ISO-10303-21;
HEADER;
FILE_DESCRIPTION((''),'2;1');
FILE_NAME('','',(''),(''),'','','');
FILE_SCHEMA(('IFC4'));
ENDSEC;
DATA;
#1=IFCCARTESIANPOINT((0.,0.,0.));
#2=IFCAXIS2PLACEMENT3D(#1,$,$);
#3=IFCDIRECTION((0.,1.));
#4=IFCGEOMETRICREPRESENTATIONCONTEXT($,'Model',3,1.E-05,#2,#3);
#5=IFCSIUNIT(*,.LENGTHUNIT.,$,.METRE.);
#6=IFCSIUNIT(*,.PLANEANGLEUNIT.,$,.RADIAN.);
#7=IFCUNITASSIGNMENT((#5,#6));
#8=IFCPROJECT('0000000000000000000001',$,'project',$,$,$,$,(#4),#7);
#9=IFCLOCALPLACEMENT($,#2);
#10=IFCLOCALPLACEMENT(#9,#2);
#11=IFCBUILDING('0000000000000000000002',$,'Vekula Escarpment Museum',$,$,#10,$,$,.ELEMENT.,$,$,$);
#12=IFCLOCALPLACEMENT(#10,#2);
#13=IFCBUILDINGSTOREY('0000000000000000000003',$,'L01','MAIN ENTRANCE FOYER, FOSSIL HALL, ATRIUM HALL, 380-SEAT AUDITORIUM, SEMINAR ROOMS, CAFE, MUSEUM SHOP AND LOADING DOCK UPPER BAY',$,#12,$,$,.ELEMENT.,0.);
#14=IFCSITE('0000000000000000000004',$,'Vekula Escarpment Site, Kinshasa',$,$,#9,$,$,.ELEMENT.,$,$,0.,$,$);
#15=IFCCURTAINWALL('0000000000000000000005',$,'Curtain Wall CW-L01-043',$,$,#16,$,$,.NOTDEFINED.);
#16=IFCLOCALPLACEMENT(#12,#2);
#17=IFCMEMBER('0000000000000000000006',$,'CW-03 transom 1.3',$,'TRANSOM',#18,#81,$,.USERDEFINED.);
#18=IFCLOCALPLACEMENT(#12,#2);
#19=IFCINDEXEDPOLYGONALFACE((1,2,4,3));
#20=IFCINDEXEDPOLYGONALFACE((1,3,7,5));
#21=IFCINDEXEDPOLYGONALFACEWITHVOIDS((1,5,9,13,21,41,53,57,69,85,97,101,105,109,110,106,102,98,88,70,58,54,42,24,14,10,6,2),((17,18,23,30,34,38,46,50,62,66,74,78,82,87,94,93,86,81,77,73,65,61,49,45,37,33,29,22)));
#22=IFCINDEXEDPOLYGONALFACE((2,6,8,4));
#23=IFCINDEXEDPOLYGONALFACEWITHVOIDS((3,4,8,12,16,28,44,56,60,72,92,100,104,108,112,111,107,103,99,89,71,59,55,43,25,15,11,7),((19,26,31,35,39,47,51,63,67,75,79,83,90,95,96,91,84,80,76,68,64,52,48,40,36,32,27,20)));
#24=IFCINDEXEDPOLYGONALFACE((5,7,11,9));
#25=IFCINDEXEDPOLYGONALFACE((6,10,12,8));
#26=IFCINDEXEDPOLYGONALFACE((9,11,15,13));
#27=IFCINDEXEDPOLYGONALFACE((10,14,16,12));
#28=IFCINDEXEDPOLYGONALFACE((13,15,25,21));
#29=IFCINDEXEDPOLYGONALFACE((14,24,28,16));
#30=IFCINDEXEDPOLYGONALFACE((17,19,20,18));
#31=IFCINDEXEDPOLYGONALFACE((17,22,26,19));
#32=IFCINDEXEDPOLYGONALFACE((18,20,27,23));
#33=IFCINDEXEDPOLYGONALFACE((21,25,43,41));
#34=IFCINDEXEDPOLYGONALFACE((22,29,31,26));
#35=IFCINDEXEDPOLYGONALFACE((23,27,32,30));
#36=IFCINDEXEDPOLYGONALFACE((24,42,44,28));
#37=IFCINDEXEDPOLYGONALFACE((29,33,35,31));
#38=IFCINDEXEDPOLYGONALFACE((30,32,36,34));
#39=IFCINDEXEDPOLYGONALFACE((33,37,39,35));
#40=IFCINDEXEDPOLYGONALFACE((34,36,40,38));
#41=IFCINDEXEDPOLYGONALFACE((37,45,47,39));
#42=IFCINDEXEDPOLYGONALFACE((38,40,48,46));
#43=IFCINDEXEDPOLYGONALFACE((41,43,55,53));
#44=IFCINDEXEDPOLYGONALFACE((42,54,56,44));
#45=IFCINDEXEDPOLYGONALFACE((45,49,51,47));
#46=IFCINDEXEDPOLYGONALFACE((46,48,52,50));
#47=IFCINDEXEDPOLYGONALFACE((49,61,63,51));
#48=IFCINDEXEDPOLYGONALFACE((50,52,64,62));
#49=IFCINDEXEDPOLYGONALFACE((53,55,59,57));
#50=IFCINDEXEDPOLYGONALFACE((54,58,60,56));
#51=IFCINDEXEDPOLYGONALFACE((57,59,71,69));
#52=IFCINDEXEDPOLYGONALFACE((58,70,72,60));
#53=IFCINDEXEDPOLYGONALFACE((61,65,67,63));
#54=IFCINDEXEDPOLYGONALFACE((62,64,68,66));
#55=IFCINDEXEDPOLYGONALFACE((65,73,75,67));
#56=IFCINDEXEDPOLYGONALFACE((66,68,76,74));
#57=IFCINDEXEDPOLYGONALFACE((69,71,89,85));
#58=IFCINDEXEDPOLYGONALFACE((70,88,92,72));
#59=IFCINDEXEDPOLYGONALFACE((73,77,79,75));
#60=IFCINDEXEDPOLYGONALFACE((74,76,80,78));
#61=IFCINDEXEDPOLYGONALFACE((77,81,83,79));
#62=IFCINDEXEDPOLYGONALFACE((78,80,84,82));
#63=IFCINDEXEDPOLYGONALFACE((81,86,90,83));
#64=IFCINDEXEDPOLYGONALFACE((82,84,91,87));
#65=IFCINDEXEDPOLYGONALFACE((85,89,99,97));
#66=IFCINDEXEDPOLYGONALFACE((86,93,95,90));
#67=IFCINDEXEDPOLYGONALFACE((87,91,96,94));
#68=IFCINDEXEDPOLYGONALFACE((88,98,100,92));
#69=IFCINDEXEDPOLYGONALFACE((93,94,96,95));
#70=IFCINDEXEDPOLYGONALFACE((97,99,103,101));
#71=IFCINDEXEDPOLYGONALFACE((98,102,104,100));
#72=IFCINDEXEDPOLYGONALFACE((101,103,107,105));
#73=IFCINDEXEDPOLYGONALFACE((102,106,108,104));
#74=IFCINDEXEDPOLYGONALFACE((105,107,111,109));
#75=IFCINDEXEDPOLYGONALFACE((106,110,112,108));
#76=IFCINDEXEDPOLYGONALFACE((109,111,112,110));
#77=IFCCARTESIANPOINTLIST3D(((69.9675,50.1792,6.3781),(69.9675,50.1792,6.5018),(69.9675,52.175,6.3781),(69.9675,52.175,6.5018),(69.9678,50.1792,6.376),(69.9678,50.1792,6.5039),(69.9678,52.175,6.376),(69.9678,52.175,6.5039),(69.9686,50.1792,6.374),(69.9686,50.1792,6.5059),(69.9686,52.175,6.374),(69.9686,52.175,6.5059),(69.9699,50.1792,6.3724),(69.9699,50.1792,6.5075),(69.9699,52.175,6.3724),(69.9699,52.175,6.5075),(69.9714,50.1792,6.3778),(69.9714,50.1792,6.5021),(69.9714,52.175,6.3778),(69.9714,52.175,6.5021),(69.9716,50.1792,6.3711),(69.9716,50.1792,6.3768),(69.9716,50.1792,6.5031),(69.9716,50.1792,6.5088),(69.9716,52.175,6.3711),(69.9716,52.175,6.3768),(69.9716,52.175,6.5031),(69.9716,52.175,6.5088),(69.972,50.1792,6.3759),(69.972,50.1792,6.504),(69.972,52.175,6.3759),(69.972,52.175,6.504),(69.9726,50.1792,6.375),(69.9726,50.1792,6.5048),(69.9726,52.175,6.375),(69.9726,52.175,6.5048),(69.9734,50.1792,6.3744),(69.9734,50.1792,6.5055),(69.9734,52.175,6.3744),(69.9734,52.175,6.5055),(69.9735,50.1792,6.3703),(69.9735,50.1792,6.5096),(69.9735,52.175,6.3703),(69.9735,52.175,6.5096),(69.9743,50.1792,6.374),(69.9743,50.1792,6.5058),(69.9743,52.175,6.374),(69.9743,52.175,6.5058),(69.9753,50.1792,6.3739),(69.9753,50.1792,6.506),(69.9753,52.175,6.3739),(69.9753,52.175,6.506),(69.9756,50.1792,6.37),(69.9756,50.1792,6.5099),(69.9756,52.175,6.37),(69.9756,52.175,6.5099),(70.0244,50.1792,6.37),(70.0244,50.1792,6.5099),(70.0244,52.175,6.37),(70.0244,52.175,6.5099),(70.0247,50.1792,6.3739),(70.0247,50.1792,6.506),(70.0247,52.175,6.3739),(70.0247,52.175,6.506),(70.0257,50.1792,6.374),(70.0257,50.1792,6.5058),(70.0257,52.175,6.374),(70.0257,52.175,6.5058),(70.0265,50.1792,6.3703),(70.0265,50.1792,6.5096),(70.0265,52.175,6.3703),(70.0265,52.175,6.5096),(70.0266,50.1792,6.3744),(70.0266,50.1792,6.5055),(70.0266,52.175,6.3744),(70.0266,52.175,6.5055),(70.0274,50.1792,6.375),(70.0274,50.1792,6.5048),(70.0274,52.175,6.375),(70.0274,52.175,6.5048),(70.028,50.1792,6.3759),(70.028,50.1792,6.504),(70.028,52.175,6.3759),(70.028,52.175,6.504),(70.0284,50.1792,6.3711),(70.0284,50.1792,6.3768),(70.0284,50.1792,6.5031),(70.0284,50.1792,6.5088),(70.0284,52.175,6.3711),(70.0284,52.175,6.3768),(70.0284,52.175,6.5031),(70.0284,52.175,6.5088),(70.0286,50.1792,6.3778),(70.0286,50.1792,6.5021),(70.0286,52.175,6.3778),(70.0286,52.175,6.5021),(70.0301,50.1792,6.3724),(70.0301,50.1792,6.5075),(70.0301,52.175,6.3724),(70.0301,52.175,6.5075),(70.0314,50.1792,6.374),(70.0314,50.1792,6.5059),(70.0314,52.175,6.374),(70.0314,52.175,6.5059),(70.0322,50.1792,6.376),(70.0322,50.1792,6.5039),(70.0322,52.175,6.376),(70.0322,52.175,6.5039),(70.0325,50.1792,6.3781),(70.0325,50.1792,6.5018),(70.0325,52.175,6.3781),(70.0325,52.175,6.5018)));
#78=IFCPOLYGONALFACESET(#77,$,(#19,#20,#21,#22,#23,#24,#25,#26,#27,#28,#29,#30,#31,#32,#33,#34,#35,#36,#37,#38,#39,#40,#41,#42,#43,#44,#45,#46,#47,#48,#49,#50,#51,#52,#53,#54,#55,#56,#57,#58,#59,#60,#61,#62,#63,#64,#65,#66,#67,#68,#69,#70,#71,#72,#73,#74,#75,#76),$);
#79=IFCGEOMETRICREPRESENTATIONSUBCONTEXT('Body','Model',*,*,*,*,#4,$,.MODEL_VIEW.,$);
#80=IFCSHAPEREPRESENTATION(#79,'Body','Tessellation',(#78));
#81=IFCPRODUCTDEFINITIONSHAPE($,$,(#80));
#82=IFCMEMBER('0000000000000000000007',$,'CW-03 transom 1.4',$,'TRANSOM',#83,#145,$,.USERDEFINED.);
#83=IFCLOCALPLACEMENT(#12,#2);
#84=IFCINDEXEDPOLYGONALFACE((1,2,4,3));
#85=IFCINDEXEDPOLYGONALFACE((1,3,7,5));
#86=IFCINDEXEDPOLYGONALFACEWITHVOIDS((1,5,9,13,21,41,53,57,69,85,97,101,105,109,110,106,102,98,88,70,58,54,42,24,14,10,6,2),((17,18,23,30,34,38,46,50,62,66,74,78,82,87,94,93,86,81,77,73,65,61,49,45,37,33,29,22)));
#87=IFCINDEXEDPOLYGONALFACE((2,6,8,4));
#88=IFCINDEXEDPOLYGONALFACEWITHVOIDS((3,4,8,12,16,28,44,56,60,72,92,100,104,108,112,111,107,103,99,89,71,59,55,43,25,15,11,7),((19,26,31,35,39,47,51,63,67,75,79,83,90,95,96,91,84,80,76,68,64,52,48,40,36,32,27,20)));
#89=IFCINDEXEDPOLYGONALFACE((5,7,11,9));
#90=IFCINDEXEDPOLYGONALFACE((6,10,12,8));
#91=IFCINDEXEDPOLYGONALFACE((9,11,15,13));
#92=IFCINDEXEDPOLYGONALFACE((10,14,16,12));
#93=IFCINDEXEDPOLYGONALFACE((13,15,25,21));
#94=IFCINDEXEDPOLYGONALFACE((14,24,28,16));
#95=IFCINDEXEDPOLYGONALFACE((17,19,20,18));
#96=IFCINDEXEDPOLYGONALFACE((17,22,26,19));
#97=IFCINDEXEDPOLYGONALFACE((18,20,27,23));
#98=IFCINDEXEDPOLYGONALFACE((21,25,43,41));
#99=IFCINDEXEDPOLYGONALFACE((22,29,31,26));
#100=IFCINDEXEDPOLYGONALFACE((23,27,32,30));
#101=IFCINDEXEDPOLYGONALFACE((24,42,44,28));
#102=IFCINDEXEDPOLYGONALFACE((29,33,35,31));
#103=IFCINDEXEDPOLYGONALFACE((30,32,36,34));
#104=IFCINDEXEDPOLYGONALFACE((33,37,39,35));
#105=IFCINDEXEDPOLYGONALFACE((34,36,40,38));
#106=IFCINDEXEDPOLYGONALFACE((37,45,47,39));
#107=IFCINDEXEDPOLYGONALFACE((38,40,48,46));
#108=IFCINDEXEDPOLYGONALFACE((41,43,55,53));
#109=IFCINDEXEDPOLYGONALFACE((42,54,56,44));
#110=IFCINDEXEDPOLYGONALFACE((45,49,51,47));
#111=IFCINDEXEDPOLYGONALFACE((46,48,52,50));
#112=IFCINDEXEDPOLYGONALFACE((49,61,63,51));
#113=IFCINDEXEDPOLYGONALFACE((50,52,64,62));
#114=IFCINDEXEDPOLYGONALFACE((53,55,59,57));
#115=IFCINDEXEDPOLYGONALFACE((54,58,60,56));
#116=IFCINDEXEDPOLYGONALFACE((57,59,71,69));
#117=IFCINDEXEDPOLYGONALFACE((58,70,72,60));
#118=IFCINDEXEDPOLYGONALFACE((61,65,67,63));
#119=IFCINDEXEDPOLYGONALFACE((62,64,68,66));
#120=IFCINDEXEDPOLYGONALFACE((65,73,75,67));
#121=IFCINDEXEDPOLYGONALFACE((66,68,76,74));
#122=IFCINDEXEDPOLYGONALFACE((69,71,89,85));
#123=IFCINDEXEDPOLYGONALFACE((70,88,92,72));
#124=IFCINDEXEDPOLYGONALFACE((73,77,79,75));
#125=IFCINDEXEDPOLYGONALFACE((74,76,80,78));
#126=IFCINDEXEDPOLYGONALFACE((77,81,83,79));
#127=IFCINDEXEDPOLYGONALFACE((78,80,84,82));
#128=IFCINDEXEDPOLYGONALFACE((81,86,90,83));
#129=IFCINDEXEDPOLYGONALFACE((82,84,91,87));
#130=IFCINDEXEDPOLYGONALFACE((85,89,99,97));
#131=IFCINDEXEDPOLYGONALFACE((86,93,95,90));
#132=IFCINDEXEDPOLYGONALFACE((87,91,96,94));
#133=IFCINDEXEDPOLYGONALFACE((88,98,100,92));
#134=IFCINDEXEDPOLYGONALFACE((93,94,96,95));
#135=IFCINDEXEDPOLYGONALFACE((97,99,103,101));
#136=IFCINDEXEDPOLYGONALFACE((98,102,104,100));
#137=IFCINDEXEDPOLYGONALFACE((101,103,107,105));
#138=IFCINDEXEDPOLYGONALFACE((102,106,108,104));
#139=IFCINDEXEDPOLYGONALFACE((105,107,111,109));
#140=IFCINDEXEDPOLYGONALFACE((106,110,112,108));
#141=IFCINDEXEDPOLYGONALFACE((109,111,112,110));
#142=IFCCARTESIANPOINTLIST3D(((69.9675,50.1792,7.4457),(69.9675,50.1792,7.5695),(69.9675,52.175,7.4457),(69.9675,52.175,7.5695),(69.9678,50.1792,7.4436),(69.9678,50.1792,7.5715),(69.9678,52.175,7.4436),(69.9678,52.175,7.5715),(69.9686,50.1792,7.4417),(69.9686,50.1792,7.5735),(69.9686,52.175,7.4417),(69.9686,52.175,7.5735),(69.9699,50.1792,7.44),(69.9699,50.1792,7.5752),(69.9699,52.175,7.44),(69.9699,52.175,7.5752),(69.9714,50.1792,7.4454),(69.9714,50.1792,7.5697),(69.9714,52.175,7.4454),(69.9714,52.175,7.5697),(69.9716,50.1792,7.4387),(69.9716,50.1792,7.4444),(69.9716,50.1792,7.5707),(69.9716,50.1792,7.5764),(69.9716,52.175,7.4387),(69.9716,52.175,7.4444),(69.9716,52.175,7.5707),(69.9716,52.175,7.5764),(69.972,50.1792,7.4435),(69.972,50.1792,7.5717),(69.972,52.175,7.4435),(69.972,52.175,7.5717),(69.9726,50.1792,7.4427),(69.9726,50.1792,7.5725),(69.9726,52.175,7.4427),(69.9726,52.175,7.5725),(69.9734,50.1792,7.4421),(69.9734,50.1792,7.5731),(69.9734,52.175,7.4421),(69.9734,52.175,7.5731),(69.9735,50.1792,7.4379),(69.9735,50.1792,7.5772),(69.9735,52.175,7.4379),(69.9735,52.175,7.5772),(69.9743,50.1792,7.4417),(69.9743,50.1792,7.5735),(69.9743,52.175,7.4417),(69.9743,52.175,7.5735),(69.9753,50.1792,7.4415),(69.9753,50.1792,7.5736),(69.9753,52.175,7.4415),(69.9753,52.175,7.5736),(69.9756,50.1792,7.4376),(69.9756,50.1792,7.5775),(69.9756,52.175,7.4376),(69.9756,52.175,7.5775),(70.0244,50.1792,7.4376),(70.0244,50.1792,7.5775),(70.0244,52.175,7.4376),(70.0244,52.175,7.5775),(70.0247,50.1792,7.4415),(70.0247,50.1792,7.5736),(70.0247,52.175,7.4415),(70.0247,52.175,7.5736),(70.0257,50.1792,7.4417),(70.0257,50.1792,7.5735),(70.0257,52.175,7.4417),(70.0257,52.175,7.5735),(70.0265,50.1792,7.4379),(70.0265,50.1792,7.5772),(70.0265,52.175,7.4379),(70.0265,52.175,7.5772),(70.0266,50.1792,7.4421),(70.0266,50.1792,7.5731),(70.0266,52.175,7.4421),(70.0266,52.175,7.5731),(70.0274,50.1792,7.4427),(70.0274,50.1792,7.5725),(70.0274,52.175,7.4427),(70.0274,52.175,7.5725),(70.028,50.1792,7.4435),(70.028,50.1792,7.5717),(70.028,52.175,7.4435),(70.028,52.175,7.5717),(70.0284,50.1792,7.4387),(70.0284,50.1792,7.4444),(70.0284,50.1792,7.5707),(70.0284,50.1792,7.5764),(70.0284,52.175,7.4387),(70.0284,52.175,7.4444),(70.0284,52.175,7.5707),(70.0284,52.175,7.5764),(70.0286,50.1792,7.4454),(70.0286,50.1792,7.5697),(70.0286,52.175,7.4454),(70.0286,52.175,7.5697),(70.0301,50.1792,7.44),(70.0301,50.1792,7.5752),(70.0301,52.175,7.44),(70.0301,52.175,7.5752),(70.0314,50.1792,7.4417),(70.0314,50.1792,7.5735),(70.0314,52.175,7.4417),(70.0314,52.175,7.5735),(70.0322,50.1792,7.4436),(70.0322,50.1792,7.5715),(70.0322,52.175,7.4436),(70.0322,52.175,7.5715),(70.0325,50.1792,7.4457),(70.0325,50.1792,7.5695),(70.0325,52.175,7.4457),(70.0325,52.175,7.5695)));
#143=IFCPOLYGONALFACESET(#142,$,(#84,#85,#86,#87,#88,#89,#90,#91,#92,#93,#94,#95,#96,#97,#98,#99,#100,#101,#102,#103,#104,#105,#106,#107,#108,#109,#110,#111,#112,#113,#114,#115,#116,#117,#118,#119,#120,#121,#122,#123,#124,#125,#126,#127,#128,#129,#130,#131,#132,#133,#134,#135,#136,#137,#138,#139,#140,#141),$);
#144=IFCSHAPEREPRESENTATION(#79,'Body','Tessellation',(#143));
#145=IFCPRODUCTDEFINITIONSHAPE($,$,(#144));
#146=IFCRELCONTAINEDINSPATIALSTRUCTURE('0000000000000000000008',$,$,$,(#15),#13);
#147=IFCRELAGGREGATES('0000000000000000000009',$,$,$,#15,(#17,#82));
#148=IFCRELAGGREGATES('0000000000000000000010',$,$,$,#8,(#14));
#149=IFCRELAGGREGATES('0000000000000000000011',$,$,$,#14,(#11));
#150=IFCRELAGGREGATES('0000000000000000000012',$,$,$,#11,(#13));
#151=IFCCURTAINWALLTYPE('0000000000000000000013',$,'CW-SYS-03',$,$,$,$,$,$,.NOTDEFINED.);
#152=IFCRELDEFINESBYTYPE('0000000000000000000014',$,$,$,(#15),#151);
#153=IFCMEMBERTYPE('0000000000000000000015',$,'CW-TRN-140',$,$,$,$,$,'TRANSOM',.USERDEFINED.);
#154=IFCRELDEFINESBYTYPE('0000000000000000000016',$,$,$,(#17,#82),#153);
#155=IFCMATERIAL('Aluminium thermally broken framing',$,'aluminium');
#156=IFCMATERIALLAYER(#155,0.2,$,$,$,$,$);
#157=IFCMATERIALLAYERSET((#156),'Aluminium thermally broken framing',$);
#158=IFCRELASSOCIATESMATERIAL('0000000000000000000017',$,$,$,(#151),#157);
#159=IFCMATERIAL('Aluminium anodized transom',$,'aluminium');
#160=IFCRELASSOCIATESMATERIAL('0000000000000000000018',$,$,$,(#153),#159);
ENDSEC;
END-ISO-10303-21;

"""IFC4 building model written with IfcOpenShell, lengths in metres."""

from ifc_helpers import new_model, si_unit, direction, frame, origin, origin_2d, place, context, subcontext, project, spatial, hollow_rectangle, extrude, material, layer, layer_set, material_profile, profile_set, type_object, element, aggregate, save


model = new_model("IFC4")

# Units and contexts
model_context = context("Model", 3, precision=1e-05, world=origin(), true_north=direction((0.0, 1.0)))
body_context = subcontext(model_context, "Body", "Model", "MODEL_VIEW")
ifc_project = project(units=[si_unit("LENGTHUNIT", "METRE"), si_unit("PLANEANGLEUNIT", "RADIAN")], contexts=[model_context])

# Site, building, storey
site_placement = place(None, origin())
site = spatial("IfcSite", under=ifc_project, at=site_placement, Name="Vekula Escarpment Site, Kinshasa", CompositionType="ELEMENT", RefElevation=0.0)
building_placement = place(site_placement, origin())
building = spatial("IfcBuilding", under=site, at=building_placement, Name="Vekula Escarpment Museum", CompositionType="ELEMENT")
storey_placement = place(building_placement, origin())
storey = spatial("IfcBuildingStorey", under=building, at=storey_placement, Name="L01", Description="MAIN ENTRANCE FOYER, FOSSIL HALL, ATRIUM HALL, 380-SEAT AUDITORIUM, SEMINAR ROOMS, CAFE, MUSEUM SHOP AND LOADING DOCK UPPER BAY", CompositionType="ELEMENT", Elevation=0.0)

# Curtain wall, members
ifc_material_1 = material(Name="Aluminium thermally broken framing", Category="aluminium")
ifc_layer_1 = layer(ifc_material_1, 0.2)
ifc_layer_set_1 = layer_set([ifc_layer_1], Name="Aluminium thermally broken framing")
curtain_wall_type = type_object("IfcCurtainWallType", Name="CW-SYS-03", PredefinedType="NOTDEFINED", material=ifc_layer_set_1)
curtain_wall_placement = place(storey_placement, origin())
curtain_wall = element("IfcCurtainWall", 1, at=curtain_wall_placement, inside=storey, type_object=curtain_wall_type, Name="Curtain Wall CW-L01-043", PredefinedType="NOTDEFINED")
ifc_material_2 = material(Name="Aluminium anodized transom", Category="aluminium")
ifc_material_profile_1 = material_profile(ifc_material_2, hollow_rectangle(XDim=0.0649, YDim=0.1399, WallThickness=0.0039, InnerFilletRadius=0.0039, OuterFilletRadius=0.0081, at=origin_2d()), Name="ALU 140x65x4")
ifc_profile_set_1 = profile_set([ifc_material_profile_1], Name="Aluminium anodized transom")
member_type_1 = type_object("IfcMemberType", Name="CW-TRN-140", ElementType="TRANSOM", PredefinedType="USERDEFINED", material=ifc_profile_set_1)
member_1_placement = place(storey_placement, frame((70.0, 52.175, 6.4399), z_axis=(0.0, -1.0, 0.0), x_axis=(1.0, 0.0, 0.0)))
member_1 = element("IfcMember", 2, at=member_1_placement, type_object=member_type_1, Name="CW-03 transom 1.3", ObjectType="TRANSOM", PredefinedType="USERDEFINED", context=body_context, shape_type="SweptSolid", body=[
    extrude(hollow_rectangle(XDim=0.0649, YDim=0.1399, WallThickness=0.0039, InnerFilletRadius=0.0039, OuterFilletRadius=0.0081, at=origin_2d()), origin(), (0.0, 0.0, 1.0), 1.9958),
])
member_2_placement = place(storey_placement, frame((70.0, 52.175, 7.5076), z_axis=(0.0, -1.0, 0.0), x_axis=(1.0, 0.0, 0.0)))
member_2 = element("IfcMember", 3, at=member_2_placement, type_object=member_type_1, Name="CW-03 transom 1.4", ObjectType="TRANSOM", PredefinedType="USERDEFINED", context=body_context, shape_type="SweptSolid", body=[
    extrude(hollow_rectangle(XDim=0.0649, YDim=0.1399, WallThickness=0.0039, InnerFilletRadius=0.0039, OuterFilletRadius=0.0081, at=origin_2d()), origin(), (0.0, 0.0, 1.0), 1.9958),
])
aggregate(curtain_wall, [member_1, member_2])

save(model, "model.ifc")
